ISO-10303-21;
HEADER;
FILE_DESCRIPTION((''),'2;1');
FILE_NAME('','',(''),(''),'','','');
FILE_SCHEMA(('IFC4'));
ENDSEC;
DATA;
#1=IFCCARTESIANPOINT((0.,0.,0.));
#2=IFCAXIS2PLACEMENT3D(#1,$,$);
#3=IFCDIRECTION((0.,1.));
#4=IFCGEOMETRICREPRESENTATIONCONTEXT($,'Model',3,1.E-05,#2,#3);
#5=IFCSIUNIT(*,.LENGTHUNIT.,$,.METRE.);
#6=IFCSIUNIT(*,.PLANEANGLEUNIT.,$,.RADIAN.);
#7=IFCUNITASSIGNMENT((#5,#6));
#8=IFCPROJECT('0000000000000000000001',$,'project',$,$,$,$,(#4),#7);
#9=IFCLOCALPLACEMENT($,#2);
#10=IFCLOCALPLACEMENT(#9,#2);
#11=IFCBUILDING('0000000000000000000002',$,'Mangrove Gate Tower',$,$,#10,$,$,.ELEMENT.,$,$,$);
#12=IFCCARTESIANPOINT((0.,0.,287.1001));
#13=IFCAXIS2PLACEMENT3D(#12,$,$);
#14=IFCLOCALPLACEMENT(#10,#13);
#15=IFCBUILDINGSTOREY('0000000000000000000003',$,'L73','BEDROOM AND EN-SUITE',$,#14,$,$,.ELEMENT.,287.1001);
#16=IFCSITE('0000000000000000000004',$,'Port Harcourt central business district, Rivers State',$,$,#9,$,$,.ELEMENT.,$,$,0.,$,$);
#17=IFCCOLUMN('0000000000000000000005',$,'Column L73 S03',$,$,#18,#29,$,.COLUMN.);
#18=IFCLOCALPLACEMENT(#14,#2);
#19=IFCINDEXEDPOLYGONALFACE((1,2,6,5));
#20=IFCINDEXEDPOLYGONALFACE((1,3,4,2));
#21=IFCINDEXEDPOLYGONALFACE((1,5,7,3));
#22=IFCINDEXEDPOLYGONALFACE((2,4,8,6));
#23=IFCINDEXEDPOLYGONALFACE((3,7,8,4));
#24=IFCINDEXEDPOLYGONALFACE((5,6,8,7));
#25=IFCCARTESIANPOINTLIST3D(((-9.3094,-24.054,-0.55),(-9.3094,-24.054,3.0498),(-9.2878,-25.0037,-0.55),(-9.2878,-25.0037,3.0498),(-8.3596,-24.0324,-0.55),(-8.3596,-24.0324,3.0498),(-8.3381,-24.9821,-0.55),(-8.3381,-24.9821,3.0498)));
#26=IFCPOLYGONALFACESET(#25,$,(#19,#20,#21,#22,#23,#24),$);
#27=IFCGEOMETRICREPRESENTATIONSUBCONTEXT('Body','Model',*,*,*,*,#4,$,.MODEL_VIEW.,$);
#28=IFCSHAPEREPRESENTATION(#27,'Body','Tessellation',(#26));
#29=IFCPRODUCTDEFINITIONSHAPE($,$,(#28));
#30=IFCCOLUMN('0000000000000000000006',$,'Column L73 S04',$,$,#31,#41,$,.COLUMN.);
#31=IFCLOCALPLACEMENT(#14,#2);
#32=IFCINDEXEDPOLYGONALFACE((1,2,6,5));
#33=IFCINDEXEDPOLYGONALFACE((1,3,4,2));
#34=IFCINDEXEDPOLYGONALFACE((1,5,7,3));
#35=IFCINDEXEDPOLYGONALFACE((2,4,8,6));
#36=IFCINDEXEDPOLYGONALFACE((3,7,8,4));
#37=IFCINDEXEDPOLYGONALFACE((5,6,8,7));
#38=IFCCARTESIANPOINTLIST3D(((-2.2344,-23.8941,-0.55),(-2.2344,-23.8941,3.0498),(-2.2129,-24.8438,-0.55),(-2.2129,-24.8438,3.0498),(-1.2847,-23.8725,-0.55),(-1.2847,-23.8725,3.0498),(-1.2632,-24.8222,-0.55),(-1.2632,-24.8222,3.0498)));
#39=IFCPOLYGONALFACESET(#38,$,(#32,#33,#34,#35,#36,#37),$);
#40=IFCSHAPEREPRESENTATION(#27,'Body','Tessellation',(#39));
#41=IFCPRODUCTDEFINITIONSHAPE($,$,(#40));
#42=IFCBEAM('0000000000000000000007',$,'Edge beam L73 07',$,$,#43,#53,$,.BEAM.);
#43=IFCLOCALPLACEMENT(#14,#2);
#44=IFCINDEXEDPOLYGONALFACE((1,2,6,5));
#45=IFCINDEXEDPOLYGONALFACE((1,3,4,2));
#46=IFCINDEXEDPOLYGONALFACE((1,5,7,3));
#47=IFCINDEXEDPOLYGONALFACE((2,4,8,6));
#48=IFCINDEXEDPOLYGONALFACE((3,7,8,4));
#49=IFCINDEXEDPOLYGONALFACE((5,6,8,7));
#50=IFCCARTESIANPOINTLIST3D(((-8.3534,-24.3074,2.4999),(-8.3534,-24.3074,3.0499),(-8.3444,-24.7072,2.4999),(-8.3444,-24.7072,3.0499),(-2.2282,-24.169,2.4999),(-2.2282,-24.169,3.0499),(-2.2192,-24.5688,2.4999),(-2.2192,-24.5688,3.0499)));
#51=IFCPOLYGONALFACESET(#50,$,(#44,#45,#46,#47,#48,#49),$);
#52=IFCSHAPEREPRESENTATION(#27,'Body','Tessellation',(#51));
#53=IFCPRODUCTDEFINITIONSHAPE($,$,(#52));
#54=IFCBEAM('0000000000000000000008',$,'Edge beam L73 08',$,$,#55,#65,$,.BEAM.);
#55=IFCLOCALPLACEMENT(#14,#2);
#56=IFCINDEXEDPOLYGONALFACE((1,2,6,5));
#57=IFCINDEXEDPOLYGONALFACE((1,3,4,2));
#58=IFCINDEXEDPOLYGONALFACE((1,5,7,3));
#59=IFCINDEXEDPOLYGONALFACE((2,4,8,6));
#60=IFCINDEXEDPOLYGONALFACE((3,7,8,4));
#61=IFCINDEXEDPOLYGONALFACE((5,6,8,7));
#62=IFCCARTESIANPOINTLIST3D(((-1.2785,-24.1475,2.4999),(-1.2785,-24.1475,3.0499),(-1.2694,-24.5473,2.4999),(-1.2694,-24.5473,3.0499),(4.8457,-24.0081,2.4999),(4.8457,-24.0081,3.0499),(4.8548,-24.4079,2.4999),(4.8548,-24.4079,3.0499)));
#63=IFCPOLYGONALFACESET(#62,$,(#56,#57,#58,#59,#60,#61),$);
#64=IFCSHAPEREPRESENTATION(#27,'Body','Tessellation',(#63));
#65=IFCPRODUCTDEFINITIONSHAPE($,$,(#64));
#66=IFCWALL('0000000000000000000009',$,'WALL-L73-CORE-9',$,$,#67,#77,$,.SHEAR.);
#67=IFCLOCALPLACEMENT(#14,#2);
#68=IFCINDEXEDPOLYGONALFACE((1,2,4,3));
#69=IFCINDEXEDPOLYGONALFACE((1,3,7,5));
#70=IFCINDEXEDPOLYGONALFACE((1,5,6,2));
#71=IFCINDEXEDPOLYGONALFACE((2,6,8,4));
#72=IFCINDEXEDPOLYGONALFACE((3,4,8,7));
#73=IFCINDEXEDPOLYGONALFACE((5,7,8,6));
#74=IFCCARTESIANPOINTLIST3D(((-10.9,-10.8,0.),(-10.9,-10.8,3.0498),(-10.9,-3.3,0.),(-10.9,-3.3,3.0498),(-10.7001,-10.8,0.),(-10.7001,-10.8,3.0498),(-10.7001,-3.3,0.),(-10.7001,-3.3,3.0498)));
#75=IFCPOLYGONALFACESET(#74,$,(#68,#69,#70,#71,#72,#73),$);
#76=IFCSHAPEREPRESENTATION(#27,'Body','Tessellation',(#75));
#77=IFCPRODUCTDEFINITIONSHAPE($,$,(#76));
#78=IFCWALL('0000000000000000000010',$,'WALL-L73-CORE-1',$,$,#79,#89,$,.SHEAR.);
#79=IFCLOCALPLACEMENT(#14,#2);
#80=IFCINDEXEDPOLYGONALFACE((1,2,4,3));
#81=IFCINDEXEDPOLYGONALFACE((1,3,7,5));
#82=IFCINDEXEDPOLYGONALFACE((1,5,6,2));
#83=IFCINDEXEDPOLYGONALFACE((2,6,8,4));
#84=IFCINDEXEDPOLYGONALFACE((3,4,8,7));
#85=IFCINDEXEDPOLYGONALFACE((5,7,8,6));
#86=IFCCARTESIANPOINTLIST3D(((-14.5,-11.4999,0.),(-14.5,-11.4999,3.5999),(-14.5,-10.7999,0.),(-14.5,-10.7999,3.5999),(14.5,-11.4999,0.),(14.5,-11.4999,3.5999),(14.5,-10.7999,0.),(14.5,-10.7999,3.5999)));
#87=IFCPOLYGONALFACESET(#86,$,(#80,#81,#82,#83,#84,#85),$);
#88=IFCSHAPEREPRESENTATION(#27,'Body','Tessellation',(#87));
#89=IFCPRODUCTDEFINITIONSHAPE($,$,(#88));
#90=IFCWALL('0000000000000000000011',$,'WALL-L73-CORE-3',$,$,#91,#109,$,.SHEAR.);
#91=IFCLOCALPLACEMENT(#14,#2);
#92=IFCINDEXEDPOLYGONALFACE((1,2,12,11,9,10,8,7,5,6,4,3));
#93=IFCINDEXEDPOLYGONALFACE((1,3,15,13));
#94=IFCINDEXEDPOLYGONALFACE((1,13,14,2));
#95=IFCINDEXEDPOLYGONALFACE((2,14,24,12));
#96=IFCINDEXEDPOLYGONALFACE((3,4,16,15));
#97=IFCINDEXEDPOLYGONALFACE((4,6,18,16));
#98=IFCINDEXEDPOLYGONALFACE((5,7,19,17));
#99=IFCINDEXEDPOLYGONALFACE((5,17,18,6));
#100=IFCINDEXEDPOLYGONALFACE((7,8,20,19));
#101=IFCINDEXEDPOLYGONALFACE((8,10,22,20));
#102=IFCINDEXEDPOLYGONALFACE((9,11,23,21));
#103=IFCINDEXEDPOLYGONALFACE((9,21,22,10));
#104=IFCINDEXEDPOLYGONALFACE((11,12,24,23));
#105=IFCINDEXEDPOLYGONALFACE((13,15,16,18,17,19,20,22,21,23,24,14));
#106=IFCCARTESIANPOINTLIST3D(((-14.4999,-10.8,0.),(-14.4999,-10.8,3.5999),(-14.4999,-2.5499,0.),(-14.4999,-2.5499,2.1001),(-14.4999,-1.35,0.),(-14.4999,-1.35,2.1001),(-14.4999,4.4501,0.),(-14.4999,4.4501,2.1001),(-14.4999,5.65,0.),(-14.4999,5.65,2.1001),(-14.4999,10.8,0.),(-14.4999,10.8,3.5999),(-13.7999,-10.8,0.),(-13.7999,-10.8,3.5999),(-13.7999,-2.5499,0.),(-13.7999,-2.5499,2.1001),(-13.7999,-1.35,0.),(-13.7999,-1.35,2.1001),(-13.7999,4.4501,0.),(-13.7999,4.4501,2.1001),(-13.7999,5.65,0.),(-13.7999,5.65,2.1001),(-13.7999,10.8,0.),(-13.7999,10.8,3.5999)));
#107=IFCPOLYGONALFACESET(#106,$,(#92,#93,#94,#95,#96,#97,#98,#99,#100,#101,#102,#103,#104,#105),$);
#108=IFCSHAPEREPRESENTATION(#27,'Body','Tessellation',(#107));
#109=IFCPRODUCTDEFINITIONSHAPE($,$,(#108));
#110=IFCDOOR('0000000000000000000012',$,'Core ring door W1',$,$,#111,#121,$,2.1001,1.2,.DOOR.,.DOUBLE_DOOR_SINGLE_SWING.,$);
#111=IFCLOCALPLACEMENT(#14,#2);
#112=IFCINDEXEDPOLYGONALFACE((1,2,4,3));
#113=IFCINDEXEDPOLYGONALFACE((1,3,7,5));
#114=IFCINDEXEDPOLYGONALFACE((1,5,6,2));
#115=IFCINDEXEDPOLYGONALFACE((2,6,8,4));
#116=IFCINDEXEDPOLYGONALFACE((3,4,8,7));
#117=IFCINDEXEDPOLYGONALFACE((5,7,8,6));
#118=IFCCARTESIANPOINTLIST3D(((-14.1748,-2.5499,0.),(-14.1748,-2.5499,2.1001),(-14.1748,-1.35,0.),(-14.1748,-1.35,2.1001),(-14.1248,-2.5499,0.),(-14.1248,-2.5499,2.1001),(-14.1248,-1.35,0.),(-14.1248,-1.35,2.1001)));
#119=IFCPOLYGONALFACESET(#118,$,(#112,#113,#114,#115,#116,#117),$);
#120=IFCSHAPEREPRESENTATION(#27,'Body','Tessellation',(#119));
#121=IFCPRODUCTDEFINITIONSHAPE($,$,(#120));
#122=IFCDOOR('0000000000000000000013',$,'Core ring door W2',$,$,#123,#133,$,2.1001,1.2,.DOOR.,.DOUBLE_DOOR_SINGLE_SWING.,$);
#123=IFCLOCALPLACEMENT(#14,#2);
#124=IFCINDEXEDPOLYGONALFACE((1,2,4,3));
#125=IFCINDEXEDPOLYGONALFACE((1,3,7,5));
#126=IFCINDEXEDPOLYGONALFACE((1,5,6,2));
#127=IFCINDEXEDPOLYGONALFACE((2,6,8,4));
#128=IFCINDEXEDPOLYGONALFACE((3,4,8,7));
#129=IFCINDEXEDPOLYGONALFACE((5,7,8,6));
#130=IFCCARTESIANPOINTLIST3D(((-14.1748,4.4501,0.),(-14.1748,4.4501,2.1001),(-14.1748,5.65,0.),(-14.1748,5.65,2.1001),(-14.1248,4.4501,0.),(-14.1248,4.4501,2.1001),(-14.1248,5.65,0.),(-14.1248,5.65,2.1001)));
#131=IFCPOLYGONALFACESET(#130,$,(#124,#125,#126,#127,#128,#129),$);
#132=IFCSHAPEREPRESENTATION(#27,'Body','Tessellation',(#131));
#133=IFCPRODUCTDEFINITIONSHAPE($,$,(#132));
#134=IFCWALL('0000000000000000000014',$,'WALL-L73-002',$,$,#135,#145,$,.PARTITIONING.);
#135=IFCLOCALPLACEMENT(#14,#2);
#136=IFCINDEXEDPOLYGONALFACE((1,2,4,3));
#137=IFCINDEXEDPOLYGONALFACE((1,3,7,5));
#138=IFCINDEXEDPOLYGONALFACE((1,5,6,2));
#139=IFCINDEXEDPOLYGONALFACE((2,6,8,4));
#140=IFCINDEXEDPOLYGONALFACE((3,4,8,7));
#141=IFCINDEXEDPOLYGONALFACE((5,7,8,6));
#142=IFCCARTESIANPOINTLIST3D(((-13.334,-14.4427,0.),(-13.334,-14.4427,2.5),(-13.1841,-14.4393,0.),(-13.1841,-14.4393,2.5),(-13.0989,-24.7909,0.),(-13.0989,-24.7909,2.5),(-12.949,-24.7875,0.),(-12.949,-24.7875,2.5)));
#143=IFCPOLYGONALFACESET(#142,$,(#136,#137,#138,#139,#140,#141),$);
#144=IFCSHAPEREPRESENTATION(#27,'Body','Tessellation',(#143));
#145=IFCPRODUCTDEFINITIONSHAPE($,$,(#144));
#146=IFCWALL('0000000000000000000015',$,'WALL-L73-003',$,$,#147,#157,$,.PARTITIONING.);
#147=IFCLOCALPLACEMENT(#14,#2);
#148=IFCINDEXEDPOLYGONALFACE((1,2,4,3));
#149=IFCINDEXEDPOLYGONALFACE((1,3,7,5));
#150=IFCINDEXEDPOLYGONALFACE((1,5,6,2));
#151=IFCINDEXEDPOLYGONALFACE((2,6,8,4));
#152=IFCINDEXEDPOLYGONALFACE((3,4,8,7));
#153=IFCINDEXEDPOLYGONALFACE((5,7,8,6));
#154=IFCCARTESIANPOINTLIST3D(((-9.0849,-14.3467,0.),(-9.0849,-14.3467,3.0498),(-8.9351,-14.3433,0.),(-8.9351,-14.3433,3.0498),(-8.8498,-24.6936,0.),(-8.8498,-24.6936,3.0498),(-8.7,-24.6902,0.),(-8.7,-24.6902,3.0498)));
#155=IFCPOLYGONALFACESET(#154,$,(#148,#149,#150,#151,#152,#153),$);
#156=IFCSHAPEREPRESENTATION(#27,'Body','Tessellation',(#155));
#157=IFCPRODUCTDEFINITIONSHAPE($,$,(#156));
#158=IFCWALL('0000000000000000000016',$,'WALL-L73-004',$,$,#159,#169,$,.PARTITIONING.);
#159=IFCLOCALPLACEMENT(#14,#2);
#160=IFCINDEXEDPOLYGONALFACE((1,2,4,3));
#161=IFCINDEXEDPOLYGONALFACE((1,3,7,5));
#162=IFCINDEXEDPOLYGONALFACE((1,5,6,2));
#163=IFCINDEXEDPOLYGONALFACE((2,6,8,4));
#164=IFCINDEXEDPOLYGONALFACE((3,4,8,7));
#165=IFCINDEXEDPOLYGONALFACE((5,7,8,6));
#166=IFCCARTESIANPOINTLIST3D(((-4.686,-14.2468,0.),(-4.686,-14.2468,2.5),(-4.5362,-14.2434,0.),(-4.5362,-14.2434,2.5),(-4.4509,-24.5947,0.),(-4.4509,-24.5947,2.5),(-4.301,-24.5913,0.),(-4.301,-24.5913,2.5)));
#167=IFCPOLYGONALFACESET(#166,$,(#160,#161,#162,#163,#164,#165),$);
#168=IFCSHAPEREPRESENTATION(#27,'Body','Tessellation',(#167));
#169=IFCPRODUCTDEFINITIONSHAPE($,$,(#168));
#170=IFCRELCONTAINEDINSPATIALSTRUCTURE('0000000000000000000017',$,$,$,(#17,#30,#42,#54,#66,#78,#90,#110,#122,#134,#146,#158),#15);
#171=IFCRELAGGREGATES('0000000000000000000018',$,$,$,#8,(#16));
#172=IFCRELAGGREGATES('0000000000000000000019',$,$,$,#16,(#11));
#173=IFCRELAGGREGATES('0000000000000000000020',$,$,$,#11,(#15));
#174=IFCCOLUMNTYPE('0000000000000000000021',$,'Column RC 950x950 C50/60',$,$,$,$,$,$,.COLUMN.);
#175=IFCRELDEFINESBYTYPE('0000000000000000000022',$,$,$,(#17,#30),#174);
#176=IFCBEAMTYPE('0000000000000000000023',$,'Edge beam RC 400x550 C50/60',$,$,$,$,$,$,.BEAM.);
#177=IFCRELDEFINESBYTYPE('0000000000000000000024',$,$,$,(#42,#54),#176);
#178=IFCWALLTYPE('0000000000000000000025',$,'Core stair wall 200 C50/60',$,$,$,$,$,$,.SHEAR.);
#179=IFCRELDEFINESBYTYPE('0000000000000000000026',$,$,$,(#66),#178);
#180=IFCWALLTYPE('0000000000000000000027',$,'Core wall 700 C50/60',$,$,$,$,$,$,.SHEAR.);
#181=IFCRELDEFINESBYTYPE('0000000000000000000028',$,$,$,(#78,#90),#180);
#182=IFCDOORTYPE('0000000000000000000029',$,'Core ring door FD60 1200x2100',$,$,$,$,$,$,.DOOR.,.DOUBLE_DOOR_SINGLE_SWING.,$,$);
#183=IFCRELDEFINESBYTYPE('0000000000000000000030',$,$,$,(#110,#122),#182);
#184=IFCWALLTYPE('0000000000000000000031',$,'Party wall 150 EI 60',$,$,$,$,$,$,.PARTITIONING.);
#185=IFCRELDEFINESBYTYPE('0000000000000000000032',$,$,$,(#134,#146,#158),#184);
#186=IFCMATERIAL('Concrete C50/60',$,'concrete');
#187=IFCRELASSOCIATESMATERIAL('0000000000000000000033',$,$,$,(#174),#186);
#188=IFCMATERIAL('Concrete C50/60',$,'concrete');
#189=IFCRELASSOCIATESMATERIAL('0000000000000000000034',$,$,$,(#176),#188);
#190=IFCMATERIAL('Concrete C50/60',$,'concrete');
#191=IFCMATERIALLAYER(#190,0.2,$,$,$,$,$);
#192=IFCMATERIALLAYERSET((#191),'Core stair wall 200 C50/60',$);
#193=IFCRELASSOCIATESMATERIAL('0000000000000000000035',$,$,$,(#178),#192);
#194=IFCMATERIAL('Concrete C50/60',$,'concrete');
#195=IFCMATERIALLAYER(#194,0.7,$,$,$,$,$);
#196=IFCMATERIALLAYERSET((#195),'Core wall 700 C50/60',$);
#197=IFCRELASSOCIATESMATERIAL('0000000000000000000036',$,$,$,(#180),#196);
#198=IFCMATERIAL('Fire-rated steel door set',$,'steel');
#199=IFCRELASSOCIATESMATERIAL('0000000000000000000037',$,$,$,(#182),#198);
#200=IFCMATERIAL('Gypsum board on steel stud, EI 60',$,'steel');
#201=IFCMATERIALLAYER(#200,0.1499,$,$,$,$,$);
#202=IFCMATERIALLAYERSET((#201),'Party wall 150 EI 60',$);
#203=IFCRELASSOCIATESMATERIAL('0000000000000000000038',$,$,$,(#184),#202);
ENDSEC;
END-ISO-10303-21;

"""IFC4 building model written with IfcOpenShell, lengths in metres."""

from ifc_helpers import new_model, si_unit, direction, frame, frame_2d, origin, origin_2d, place, context, subcontext, project, spatial, rectangle, extrude, material, layer, layer_set, material_profile, profile_set, type_object, element, fill, save


model = new_model("IFC4")

# Units and contexts
model_context = context("Model", 3, precision=1e-05, world=origin(), true_north=direction((0.0, 1.0)))
body_context = subcontext(model_context, "Body", "Model", "MODEL_VIEW")
ifc_project = project(units=[si_unit("LENGTHUNIT", "METRE"), si_unit("PLANEANGLEUNIT", "RADIAN")], contexts=[model_context])

# Site, building, storey
site_placement = place(None, origin())
site = spatial("IfcSite", under=ifc_project, at=site_placement, Name="Port Harcourt central business district, Rivers State", CompositionType="ELEMENT", RefElevation=0.0)
building_placement = place(site_placement, origin())
building = spatial("IfcBuilding", under=site, at=building_placement, Name="Mangrove Gate Tower", CompositionType="ELEMENT")
storey_placement = place(building_placement, frame((0.0, 0.0, 287.1001)))
storey = spatial("IfcBuildingStorey", under=building, at=storey_placement, Name="L73", Description="BEDROOM AND EN-SUITE", CompositionType="ELEMENT", Elevation=287.1001)

# Columns
ifc_material_1 = material(Name="Concrete C50/60", Category="concrete")
ifc_material_profile_1 = material_profile(ifc_material_1, rectangle(XDim=0.95, YDim=0.95, at=origin_2d()))
ifc_profile_set_1 = profile_set([ifc_material_profile_1], Name="Concrete C50/60")
column_type = type_object("IfcColumnType", Name="Column RC 950x950 C50/60", PredefinedType="COLUMN", material=ifc_profile_set_1)
for number, where, z_axis, x_axis, name in (
    (1, (-8.8237, -24.5181, -0.55), (0.0, 0.0, 1.0), (0.999743, 0.02268, 0.0), "Column L73 S03"),
    (2, (-1.7488, -24.3582, -0.55), (0.0, 0.0, 1.0), (0.999743, 0.022681, 0.0), "Column L73 S04"),
):
    element("IfcColumn", number, at=place(storey_placement, frame(where, z_axis=z_axis, x_axis=x_axis)), inside=storey, type_object=column_type, Name=name, PredefinedType="COLUMN", context=body_context, shape_type="SweptSolid", body=[
        extrude(rectangle(XDim=0.95, YDim=0.95, at=origin_2d()), origin(), (0.0, 0.0, 1.0), 3.5999),
    ])

# Beams
ifc_material_2 = material(Name="Concrete C50/60", Category="concrete")
ifc_material_profile_2 = material_profile(ifc_material_2, rectangle(XDim=0.3999, YDim=0.55, at=origin_2d()))
ifc_profile_set_2 = profile_set([ifc_material_profile_2], Name="Concrete C50/60")
beam_type = type_object("IfcBeamType", Name="Edge beam RC 400x550 C50/60", PredefinedType="BEAM", material=ifc_profile_set_2)
beam_1_placement = place(storey_placement, frame((-8.3489, -24.5073, 2.7749), z_axis=(0.999745, 0.022594, 0.0), x_axis=(-0.022594, 0.999745, 0.0)))
element("IfcBeam", 3, at=beam_1_placement, inside=storey, type_object=beam_type, Name="Edge beam L73 07", PredefinedType="BEAM", context=body_context, shape_type="SweptSolid", body=[
    extrude(rectangle(XDim=0.3999, YDim=0.55, at=origin_2d()), origin(), (0.0, 0.0, 1.0), 6.1267),
])
beam_2_placement = place(storey_placement, frame((-1.2739, -24.3474, 2.7749), z_axis=(0.999741, 0.022757, 0.0), x_axis=(-0.022757, 0.999741, 0.0)))
element("IfcBeam", 4, at=beam_2_placement, inside=storey, type_object=beam_type, Name="Edge beam L73 08", PredefinedType="BEAM", context=body_context, shape_type="SweptSolid", body=[
    extrude(rectangle(XDim=0.3999, YDim=0.55, at=origin_2d()), origin(), (0.0, 0.0, 1.0), 6.1257),
])

# Walls
ifc_material_3 = material(Name="Concrete C50/60", Category="concrete")
ifc_layer_1 = layer(ifc_material_3, 0.2)
ifc_layer_set_1 = layer_set([ifc_layer_1], Name="Core stair wall 200 C50/60")
wall_type_1 = type_object("IfcWallType", Name="Core stair wall 200 C50/60", PredefinedType="SHEAR", material=ifc_layer_set_1)
wall_1_placement = place(storey_placement, frame((-10.8, -10.8, 0.0), z_axis=(0.0, 0.0, 1.0), x_axis=(0.0, 1.0, 0.0)))
element("IfcWall", 5, at=wall_1_placement, inside=storey, type_object=wall_type_1, Name="WALL-L73-CORE-9", PredefinedType="SHEAR", context=body_context, shape_type="SweptSolid", body=[
    extrude(rectangle(XDim=7.5, YDim=0.2, at=frame_2d((3.75, 0.0))), origin(), (0.0, 0.0, 1.0), 3.0498),
])
ifc_material_4 = material(Name="Concrete C50/60", Category="concrete")
ifc_layer_2 = layer(ifc_material_4, 0.7)
ifc_layer_set_2 = layer_set([ifc_layer_2], Name="Core wall 700 C50/60")
wall_type_2 = type_object("IfcWallType", Name="Core wall 700 C50/60", PredefinedType="SHEAR", material=ifc_layer_set_2)
wall_2_placement = place(storey_placement, frame((-14.5, -11.1499, 0.0), z_axis=(0.0, 0.0, 1.0), x_axis=(1.0, 0.0, 0.0)))
element("IfcWall", 6, at=wall_2_placement, inside=storey, type_object=wall_type_2, Name="WALL-L73-CORE-1", PredefinedType="SHEAR", context=body_context, shape_type="SweptSolid", body=[
    extrude(rectangle(XDim=29.0, YDim=0.7, at=frame_2d((14.5, 0.0))), origin(), (0.0, 0.0, 1.0), 3.5999),
])

# Wall, openings, doors
wall_3_placement = place(storey_placement, frame((-14.1499, -10.8, 0.0), z_axis=(0.0, 0.0, 1.0), x_axis=(0.0, 1.0, 0.0)))
wall_3 = element("IfcWall", 7, at=wall_3_placement, inside=storey, type_object=wall_type_2, Name="WALL-L73-CORE-3", PredefinedType="SHEAR", context=body_context, shape_type="SweptSolid", body=[
    extrude(rectangle(XDim=21.6001, YDim=0.7, at=frame_2d((10.8, 0.0))), origin(), (0.0, 0.0, 1.0), 3.5999),
])
opening_1_placement = place(wall_3_placement, frame((8.25, 0.0, 0.0)))
opening_1 = element("IfcOpeningElement", 8, at=opening_1_placement, cuts=wall_3, PredefinedType="OPENING", context=body_context, shape_type="SweptSolid", body=[
    extrude(rectangle(XDim=1.2, YDim=2.1001, at=frame_2d((0.6001, 1.05))), frame((0.0, 0.3599, 0.0), z_axis=(0.0, -1.0, 0.0), x_axis=(1.0, 0.0, 0.0)), (0.0, 0.0, 1.0), 0.72),
])
opening_2_placement = place(wall_3_placement, frame((15.25, 0.0, 0.0)))
opening_2 = element("IfcOpeningElement", 9, at=opening_2_placement, cuts=wall_3, PredefinedType="OPENING", context=body_context, shape_type="SweptSolid", body=[
    extrude(rectangle(XDim=1.2, YDim=2.1001, at=frame_2d((0.6001, 1.05))), frame((0.0, 0.3599, 0.0), z_axis=(0.0, -1.0, 0.0), x_axis=(1.0, 0.0, 0.0)), (0.0, 0.0, 1.0), 0.72),
])
ifc_material_5 = material(Name="Fire-rated steel door set", Category="steel")
door_type_1 = type_object("IfcDoorType", Name="Core ring door FD60 1200x2100", OperationType="DOUBLE_DOOR_SINGLE_SWING", PredefinedType="DOOR", material=ifc_material_5)
door_1_placement = place(opening_1_placement, origin())
door_1 = element("IfcDoor", 10, at=door_1_placement, inside=storey, type_object=door_type_1, Name="Core ring door W1", OperationType="DOUBLE_DOOR_SINGLE_SWING", OverallHeight=2.1001, OverallWidth=1.2, PredefinedType="DOOR", context=body_context, shape_type="SweptSolid", body=[
    extrude(rectangle(XDim=1.2, YDim=2.1001, at=frame_2d((0.6001, 1.05))), frame((0.0, 0.0249, 0.0), z_axis=(0.0, -1.0, 0.0), x_axis=(1.0, 0.0, 0.0)), (0.0, 0.0, 1.0), 0.05),
])
fill(opening_1, door_1)
door_2_placement = place(opening_2_placement, origin())
door_2 = element("IfcDoor", 11, at=door_2_placement, inside=storey, type_object=door_type_1, Name="Core ring door W2", OperationType="DOUBLE_DOOR_SINGLE_SWING", OverallHeight=2.1001, OverallWidth=1.2, PredefinedType="DOOR", context=body_context, shape_type="SweptSolid", body=[
    extrude(rectangle(XDim=1.2, YDim=2.1001, at=frame_2d((0.6001, 1.05))), frame((0.0, 0.0249, 0.0), z_axis=(0.0, -1.0, 0.0), x_axis=(1.0, 0.0, 0.0)), (0.0, 0.0, 1.0), 0.05),
])
fill(opening_2, door_2)

# Walls
ifc_material_6 = material(Name="Gypsum board on steel stud, EI 60", Category="steel")
ifc_layer_3 = layer(ifc_material_6, 0.1499)
ifc_layer_set_3 = layer_set([ifc_layer_3], Name="Party wall 150 EI 60")
wall_type_3 = type_object("IfcWallType", Name="Party wall 150 EI 60", PredefinedType="PARTITIONING", material=ifc_layer_set_3)
wall_4_placement = place(storey_placement, frame((-13.0239, -24.7891, 0.0), z_axis=(0.0, 0.0, 1.0), x_axis=(-0.022714, 0.999742, 0.0)))
element("IfcWall", 12, at=wall_4_placement, inside=storey, type_object=wall_type_3, Name="WALL-L73-002", PredefinedType="PARTITIONING", context=body_context, shape_type="SweptSolid", body=[
    extrude(rectangle(XDim=10.3508, YDim=0.1499, at=frame_2d((5.1753, 0.0))), origin(), (0.0, 0.0, 1.0), 2.5),
])
wall_5_placement = place(storey_placement, frame((-8.7749, -24.6919, 0.0), z_axis=(0.0, 0.0, 1.0), x_axis=(-0.022717, 0.999742, 0.0)))
element("IfcWall", 13, at=wall_5_placement, inside=storey, type_object=wall_type_3, Name="WALL-L73-003", PredefinedType="PARTITIONING", context=body_context, shape_type="SweptSolid", body=[
    extrude(rectangle(XDim=10.3496, YDim=0.1499, at=frame_2d((5.1748, 0.0))), origin(), (0.0, 0.0, 1.0), 3.0498),
])
wall_6_placement = place(storey_placement, frame((-4.376, -24.593, 0.0), z_axis=(0.0, 0.0, 1.0), x_axis=(-0.022714, 0.999742, 0.0)))
element("IfcWall", 14, at=wall_6_placement, inside=storey, type_object=wall_type_3, Name="WALL-L73-004", PredefinedType="PARTITIONING", context=body_context, shape_type="SweptSolid", body=[
    extrude(rectangle(XDim=10.3506, YDim=0.1499, at=frame_2d((5.1753, 0.0))), origin(), (0.0, 0.0, 1.0), 2.5),
])

save(model, "model.ifc")
